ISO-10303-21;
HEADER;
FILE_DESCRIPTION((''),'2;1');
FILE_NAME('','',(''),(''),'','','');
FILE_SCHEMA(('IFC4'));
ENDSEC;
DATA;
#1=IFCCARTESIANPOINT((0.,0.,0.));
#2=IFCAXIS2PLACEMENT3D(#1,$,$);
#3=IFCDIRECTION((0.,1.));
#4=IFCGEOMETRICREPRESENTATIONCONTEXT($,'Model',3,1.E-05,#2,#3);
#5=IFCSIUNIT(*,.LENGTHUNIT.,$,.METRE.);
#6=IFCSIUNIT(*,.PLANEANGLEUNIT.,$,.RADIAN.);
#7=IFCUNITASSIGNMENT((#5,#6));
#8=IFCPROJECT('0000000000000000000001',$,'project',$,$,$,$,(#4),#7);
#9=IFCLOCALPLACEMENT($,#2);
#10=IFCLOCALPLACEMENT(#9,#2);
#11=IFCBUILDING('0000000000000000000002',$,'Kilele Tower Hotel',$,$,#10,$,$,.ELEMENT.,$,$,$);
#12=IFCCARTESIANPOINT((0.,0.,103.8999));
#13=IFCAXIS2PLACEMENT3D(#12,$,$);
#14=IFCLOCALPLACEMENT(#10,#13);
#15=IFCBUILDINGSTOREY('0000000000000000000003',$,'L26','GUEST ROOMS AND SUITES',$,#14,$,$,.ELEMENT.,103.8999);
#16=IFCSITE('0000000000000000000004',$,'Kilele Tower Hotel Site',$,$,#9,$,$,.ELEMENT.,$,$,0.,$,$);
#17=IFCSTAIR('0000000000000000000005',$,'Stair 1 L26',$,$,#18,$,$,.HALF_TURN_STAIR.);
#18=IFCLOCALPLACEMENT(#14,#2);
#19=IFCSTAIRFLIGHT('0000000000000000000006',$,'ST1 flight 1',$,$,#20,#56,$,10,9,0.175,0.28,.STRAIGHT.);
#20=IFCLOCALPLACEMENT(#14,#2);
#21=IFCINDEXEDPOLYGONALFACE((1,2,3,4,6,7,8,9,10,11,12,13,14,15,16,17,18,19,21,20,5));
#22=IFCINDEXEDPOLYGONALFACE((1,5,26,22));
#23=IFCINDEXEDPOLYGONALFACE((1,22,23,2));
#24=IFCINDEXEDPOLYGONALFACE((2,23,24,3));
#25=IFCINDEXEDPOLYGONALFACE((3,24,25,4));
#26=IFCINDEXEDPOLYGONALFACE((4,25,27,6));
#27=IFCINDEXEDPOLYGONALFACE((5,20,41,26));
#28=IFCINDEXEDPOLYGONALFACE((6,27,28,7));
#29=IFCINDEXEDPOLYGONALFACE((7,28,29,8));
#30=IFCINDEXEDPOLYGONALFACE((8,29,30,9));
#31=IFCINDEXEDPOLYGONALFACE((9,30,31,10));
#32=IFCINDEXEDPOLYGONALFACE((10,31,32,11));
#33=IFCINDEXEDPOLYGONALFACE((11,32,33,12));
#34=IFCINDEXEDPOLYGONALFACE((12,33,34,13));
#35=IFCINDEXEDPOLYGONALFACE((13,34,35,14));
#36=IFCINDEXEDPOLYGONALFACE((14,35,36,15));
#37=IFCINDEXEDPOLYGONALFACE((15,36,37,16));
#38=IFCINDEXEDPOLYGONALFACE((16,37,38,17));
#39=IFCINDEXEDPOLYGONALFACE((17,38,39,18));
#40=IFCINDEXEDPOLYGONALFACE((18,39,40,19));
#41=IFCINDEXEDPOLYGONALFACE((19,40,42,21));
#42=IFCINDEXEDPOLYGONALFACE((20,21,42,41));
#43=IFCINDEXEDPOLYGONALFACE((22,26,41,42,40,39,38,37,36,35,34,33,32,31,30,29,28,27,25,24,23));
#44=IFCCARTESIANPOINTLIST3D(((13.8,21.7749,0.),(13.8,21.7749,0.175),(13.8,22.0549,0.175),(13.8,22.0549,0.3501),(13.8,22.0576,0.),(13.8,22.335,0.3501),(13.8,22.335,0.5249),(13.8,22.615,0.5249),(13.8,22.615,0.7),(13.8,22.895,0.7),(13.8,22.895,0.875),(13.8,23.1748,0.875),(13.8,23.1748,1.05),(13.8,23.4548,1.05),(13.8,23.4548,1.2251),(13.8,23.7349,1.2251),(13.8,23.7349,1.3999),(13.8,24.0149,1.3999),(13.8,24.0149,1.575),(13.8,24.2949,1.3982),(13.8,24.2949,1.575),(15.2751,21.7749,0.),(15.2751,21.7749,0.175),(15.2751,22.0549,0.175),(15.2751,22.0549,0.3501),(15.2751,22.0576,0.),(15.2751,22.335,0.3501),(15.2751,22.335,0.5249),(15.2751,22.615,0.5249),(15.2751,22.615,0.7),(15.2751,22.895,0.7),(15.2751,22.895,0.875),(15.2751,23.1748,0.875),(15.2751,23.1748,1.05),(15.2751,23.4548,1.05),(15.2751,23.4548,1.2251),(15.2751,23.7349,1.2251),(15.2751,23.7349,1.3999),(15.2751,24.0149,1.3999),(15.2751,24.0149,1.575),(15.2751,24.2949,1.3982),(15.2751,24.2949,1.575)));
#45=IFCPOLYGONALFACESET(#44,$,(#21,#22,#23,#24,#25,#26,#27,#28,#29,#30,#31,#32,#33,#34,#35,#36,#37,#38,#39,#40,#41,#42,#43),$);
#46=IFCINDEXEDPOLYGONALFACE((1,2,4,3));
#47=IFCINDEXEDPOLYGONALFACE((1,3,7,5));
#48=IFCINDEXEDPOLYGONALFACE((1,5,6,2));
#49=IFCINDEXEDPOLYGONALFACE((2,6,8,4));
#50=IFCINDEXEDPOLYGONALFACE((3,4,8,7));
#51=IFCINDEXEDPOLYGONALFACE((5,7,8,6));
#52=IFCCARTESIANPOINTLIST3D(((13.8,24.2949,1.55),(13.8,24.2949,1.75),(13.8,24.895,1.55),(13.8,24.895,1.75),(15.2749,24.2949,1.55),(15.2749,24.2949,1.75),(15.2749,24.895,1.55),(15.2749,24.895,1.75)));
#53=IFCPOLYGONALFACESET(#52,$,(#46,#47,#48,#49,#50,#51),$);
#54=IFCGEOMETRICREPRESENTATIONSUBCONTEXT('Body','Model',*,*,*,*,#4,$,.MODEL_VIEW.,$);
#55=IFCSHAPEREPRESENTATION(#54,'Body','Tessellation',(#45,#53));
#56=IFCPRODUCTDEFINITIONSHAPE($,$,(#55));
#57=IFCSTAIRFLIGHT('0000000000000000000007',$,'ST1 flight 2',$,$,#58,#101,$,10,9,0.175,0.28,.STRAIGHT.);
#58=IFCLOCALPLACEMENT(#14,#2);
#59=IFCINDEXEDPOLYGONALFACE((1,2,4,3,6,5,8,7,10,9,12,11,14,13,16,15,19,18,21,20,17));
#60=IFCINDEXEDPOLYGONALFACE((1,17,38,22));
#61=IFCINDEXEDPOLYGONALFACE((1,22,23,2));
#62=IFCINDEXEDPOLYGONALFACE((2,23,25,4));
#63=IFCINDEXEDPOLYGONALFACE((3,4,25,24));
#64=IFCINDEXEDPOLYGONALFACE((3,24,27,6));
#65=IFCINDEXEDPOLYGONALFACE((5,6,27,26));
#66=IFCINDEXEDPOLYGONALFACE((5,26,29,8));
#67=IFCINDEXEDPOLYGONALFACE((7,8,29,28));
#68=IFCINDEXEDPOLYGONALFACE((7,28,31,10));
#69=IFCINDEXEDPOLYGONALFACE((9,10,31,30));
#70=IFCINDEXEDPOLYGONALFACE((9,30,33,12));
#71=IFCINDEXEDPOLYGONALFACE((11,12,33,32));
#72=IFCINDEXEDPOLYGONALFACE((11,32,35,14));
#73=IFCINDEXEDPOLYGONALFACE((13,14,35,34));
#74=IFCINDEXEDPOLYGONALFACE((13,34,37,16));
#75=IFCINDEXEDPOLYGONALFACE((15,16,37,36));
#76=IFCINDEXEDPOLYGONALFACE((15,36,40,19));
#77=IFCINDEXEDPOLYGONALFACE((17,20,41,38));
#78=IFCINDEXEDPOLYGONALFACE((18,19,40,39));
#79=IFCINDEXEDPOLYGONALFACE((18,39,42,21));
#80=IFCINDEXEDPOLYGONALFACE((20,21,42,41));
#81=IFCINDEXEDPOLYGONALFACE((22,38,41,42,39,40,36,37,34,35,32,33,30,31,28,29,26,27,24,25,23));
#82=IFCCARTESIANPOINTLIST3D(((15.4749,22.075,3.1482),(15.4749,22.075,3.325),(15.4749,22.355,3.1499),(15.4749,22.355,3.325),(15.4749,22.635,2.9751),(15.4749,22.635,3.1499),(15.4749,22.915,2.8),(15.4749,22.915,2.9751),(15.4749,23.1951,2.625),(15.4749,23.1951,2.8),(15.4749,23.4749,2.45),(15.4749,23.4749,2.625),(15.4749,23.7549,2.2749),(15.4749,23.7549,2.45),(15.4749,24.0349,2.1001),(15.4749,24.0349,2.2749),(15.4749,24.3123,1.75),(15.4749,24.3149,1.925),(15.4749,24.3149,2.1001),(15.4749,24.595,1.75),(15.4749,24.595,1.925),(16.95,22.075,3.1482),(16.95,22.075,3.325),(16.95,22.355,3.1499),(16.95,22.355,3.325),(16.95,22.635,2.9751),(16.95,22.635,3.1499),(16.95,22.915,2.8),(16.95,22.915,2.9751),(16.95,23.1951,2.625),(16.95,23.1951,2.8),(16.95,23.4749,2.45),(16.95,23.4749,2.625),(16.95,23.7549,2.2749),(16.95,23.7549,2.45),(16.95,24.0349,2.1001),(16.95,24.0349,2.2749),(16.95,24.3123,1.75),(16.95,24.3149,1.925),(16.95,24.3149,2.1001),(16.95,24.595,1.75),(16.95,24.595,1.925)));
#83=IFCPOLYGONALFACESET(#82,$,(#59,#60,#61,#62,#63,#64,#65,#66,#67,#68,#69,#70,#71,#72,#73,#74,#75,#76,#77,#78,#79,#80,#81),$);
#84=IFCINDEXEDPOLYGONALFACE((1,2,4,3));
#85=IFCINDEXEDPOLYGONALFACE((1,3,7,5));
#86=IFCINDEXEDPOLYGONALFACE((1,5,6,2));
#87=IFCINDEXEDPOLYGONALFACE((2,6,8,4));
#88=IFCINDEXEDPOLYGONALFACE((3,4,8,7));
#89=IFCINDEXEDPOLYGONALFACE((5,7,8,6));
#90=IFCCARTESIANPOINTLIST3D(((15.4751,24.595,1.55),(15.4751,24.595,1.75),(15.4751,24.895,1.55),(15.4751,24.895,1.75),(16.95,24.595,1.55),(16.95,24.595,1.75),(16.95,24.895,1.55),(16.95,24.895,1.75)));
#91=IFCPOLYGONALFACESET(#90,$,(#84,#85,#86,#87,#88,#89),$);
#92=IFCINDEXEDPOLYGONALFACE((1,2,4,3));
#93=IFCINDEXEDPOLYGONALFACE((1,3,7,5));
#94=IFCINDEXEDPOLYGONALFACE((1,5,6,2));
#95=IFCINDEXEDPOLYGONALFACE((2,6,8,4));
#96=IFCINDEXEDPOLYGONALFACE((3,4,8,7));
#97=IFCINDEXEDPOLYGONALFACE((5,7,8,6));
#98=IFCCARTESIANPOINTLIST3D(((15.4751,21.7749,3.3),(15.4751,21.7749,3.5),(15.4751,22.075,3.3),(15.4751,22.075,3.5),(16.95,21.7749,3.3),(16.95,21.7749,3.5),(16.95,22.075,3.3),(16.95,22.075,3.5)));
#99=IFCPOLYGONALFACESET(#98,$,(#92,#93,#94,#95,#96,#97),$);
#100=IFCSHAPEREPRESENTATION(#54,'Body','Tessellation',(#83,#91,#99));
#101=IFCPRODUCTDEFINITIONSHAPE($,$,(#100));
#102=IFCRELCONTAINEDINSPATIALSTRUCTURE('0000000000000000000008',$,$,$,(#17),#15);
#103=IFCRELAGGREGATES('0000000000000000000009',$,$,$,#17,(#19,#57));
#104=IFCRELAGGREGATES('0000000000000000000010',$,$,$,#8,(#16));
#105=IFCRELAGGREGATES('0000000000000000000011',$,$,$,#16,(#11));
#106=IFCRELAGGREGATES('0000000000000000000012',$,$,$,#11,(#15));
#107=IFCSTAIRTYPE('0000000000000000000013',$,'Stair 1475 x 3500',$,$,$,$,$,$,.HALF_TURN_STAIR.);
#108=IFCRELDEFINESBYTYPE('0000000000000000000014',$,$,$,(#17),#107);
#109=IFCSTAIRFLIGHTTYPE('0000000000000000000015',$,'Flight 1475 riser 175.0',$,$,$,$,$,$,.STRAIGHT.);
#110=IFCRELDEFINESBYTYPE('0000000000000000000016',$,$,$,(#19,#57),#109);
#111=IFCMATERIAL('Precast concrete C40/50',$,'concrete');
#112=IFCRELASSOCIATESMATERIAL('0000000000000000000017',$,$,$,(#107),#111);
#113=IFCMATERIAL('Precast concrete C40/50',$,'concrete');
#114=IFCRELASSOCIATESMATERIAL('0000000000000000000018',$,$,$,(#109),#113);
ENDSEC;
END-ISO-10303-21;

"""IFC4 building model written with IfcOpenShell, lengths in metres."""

from ifc_helpers import new_model, si_unit, direction, frame, origin, place, context, subcontext, project, spatial, polyline, outline, extrude, material, type_object, element, aggregate, save


model = new_model("IFC4")

# Units and contexts
model_context = context("Model", 3, precision=1e-05, world=origin(), true_north=direction((0.0, 1.0)))
body_context = subcontext(model_context, "Body", "Model", "MODEL_VIEW")
ifc_project = project(units=[si_unit("LENGTHUNIT", "METRE"), si_unit("PLANEANGLEUNIT", "RADIAN")], contexts=[model_context])

# Site, building, storey
site_placement = place(None, origin())
site = spatial("IfcSite", under=ifc_project, at=site_placement, Name="Kilele Tower Hotel Site", CompositionType="ELEMENT", RefElevation=0.0)
building_placement = place(site_placement, origin())
building = spatial("IfcBuilding", under=site, at=building_placement, Name="Kilele Tower Hotel", CompositionType="ELEMENT")
storey_placement = place(building_placement, frame((0.0, 0.0, 103.8999)))
storey = spatial("IfcBuildingStorey", under=building, at=storey_placement, Name="L26", Description="GUEST ROOMS AND SUITES", CompositionType="ELEMENT", Elevation=103.8999)

# Stair, stair flights
ifc_material_1 = material(Name="Precast concrete C40/50", Category="concrete")
stair_type = type_object("IfcStairType", Name="Stair 1475 x 3500", PredefinedType="HALF_TURN_STAIR", material=ifc_material_1)
stair_placement = place(storey_placement, origin())
stair = element("IfcStair", 1, at=stair_placement, inside=storey, type_object=stair_type, Name="Stair 1 L26", PredefinedType="HALF_TURN_STAIR")
ifc_material_2 = material(Name="Precast concrete C40/50", Category="concrete")
stair_flight_type = type_object("IfcStairFlightType", Name="Flight 1475 riser 175.0", PredefinedType="STRAIGHT", material=ifc_material_2)
stair_flight_1_placement = place(storey_placement, frame((14.5376, 21.7749, 0.0), z_axis=(0.0, 0.0, 1.0), x_axis=(0.0, 1.0, 0.0)))
stair_flight_1 = element("IfcStairFlight", 2, at=stair_flight_1_placement, type_object=stair_flight_type, Name="ST1 flight 1", NumberOfRisers=10, NumberOfTreads=9, PredefinedType="STRAIGHT", RiserHeight=0.175, TreadLength=0.28, context=body_context, shape_type="SweptSolid", body=[
    extrude(outline(polyline([(0.0, 0.0), (0.0, 0.175), (0.28, 0.175), (0.28, 0.3501), (0.5601, 0.3501), (0.5601, 0.5249), (0.8401, 0.5249), (0.8401, 0.7), (1.1201, 0.7), (1.1201, 0.875), (1.3999, 0.875), (1.3999, 1.05), (1.6799, 1.05), (1.6799, 1.2251), (1.96, 1.2251), (1.96, 1.3999), (2.24, 1.3999), (2.24, 1.575), (2.52, 1.575), (2.52, 1.75), (2.52, 1.3982), (0.2827, 0.0), (0.0, 0.0)])), frame((0.0, 0.7375, 0.0), z_axis=(0.0, -1.0, 0.0), x_axis=(1.0, 0.0, 0.0)), (0.0, 0.0, 1.0), 1.4751),
    extrude(outline(polyline([(2.52, 0.7375), (2.52, -0.7373), (3.1201, -0.7373), (3.1201, 0.7375), (2.52, 0.7375)])), frame((0.0, 0.0, 1.55)), (0.0, 0.0, 1.0), 0.2),
])
stair_flight_2_placement = place(storey_placement, frame((16.2124, 24.595, 1.75), z_axis=(0.0, 0.0, 1.0), x_axis=(0.0, -1.0, 0.0)))
stair_flight_2 = element("IfcStairFlight", 3, at=stair_flight_2_placement, type_object=stair_flight_type, Name="ST1 flight 2", NumberOfRisers=10, NumberOfTreads=9, PredefinedType="STRAIGHT", RiserHeight=0.175, TreadLength=0.28, context=body_context, shape_type="SweptSolid", body=[
    extrude(outline(polyline([(0.0, 0.0), (0.0, 0.175), (0.28, 0.175), (0.28, 0.3501), (0.5601, 0.3501), (0.5601, 0.5249), (0.8401, 0.5249), (0.8401, 0.7), (1.1201, 0.7), (1.1201, 0.875), (1.3999, 0.875), (1.3999, 1.05), (1.6799, 1.05), (1.6799, 1.2251), (1.96, 1.2251), (1.96, 1.3999), (2.24, 1.3999), (2.24, 1.575), (2.52, 1.575), (2.52, 1.75), (2.52, 1.3982), (0.2827, 0.0), (0.0, 0.0)])), frame((0.0, 0.7375, 0.0), z_axis=(0.0, -1.0, 0.0), x_axis=(1.0, 0.0, 0.0)), (0.0, 0.0, 1.0), 1.4751),
    extrude(outline(polyline([(0.0, -0.7373), (0.0, 0.7375), (-0.3, 0.7375), (-0.3, -0.7373), (0.0, -0.7373)])), frame((0.0, 0.0, -0.2)), (0.0, 0.0, 1.0), 0.2),
    extrude(outline(polyline([(2.8201, -0.7373), (2.8201, 0.7375), (2.52, 0.7375), (2.52, -0.7373), (2.8201, -0.7373)])), frame((0.0, 0.0, 1.55)), (0.0, 0.0, 1.0), 0.2),
])
aggregate(stair, [stair_flight_1, stair_flight_2])

save(model, "model.ifc")
